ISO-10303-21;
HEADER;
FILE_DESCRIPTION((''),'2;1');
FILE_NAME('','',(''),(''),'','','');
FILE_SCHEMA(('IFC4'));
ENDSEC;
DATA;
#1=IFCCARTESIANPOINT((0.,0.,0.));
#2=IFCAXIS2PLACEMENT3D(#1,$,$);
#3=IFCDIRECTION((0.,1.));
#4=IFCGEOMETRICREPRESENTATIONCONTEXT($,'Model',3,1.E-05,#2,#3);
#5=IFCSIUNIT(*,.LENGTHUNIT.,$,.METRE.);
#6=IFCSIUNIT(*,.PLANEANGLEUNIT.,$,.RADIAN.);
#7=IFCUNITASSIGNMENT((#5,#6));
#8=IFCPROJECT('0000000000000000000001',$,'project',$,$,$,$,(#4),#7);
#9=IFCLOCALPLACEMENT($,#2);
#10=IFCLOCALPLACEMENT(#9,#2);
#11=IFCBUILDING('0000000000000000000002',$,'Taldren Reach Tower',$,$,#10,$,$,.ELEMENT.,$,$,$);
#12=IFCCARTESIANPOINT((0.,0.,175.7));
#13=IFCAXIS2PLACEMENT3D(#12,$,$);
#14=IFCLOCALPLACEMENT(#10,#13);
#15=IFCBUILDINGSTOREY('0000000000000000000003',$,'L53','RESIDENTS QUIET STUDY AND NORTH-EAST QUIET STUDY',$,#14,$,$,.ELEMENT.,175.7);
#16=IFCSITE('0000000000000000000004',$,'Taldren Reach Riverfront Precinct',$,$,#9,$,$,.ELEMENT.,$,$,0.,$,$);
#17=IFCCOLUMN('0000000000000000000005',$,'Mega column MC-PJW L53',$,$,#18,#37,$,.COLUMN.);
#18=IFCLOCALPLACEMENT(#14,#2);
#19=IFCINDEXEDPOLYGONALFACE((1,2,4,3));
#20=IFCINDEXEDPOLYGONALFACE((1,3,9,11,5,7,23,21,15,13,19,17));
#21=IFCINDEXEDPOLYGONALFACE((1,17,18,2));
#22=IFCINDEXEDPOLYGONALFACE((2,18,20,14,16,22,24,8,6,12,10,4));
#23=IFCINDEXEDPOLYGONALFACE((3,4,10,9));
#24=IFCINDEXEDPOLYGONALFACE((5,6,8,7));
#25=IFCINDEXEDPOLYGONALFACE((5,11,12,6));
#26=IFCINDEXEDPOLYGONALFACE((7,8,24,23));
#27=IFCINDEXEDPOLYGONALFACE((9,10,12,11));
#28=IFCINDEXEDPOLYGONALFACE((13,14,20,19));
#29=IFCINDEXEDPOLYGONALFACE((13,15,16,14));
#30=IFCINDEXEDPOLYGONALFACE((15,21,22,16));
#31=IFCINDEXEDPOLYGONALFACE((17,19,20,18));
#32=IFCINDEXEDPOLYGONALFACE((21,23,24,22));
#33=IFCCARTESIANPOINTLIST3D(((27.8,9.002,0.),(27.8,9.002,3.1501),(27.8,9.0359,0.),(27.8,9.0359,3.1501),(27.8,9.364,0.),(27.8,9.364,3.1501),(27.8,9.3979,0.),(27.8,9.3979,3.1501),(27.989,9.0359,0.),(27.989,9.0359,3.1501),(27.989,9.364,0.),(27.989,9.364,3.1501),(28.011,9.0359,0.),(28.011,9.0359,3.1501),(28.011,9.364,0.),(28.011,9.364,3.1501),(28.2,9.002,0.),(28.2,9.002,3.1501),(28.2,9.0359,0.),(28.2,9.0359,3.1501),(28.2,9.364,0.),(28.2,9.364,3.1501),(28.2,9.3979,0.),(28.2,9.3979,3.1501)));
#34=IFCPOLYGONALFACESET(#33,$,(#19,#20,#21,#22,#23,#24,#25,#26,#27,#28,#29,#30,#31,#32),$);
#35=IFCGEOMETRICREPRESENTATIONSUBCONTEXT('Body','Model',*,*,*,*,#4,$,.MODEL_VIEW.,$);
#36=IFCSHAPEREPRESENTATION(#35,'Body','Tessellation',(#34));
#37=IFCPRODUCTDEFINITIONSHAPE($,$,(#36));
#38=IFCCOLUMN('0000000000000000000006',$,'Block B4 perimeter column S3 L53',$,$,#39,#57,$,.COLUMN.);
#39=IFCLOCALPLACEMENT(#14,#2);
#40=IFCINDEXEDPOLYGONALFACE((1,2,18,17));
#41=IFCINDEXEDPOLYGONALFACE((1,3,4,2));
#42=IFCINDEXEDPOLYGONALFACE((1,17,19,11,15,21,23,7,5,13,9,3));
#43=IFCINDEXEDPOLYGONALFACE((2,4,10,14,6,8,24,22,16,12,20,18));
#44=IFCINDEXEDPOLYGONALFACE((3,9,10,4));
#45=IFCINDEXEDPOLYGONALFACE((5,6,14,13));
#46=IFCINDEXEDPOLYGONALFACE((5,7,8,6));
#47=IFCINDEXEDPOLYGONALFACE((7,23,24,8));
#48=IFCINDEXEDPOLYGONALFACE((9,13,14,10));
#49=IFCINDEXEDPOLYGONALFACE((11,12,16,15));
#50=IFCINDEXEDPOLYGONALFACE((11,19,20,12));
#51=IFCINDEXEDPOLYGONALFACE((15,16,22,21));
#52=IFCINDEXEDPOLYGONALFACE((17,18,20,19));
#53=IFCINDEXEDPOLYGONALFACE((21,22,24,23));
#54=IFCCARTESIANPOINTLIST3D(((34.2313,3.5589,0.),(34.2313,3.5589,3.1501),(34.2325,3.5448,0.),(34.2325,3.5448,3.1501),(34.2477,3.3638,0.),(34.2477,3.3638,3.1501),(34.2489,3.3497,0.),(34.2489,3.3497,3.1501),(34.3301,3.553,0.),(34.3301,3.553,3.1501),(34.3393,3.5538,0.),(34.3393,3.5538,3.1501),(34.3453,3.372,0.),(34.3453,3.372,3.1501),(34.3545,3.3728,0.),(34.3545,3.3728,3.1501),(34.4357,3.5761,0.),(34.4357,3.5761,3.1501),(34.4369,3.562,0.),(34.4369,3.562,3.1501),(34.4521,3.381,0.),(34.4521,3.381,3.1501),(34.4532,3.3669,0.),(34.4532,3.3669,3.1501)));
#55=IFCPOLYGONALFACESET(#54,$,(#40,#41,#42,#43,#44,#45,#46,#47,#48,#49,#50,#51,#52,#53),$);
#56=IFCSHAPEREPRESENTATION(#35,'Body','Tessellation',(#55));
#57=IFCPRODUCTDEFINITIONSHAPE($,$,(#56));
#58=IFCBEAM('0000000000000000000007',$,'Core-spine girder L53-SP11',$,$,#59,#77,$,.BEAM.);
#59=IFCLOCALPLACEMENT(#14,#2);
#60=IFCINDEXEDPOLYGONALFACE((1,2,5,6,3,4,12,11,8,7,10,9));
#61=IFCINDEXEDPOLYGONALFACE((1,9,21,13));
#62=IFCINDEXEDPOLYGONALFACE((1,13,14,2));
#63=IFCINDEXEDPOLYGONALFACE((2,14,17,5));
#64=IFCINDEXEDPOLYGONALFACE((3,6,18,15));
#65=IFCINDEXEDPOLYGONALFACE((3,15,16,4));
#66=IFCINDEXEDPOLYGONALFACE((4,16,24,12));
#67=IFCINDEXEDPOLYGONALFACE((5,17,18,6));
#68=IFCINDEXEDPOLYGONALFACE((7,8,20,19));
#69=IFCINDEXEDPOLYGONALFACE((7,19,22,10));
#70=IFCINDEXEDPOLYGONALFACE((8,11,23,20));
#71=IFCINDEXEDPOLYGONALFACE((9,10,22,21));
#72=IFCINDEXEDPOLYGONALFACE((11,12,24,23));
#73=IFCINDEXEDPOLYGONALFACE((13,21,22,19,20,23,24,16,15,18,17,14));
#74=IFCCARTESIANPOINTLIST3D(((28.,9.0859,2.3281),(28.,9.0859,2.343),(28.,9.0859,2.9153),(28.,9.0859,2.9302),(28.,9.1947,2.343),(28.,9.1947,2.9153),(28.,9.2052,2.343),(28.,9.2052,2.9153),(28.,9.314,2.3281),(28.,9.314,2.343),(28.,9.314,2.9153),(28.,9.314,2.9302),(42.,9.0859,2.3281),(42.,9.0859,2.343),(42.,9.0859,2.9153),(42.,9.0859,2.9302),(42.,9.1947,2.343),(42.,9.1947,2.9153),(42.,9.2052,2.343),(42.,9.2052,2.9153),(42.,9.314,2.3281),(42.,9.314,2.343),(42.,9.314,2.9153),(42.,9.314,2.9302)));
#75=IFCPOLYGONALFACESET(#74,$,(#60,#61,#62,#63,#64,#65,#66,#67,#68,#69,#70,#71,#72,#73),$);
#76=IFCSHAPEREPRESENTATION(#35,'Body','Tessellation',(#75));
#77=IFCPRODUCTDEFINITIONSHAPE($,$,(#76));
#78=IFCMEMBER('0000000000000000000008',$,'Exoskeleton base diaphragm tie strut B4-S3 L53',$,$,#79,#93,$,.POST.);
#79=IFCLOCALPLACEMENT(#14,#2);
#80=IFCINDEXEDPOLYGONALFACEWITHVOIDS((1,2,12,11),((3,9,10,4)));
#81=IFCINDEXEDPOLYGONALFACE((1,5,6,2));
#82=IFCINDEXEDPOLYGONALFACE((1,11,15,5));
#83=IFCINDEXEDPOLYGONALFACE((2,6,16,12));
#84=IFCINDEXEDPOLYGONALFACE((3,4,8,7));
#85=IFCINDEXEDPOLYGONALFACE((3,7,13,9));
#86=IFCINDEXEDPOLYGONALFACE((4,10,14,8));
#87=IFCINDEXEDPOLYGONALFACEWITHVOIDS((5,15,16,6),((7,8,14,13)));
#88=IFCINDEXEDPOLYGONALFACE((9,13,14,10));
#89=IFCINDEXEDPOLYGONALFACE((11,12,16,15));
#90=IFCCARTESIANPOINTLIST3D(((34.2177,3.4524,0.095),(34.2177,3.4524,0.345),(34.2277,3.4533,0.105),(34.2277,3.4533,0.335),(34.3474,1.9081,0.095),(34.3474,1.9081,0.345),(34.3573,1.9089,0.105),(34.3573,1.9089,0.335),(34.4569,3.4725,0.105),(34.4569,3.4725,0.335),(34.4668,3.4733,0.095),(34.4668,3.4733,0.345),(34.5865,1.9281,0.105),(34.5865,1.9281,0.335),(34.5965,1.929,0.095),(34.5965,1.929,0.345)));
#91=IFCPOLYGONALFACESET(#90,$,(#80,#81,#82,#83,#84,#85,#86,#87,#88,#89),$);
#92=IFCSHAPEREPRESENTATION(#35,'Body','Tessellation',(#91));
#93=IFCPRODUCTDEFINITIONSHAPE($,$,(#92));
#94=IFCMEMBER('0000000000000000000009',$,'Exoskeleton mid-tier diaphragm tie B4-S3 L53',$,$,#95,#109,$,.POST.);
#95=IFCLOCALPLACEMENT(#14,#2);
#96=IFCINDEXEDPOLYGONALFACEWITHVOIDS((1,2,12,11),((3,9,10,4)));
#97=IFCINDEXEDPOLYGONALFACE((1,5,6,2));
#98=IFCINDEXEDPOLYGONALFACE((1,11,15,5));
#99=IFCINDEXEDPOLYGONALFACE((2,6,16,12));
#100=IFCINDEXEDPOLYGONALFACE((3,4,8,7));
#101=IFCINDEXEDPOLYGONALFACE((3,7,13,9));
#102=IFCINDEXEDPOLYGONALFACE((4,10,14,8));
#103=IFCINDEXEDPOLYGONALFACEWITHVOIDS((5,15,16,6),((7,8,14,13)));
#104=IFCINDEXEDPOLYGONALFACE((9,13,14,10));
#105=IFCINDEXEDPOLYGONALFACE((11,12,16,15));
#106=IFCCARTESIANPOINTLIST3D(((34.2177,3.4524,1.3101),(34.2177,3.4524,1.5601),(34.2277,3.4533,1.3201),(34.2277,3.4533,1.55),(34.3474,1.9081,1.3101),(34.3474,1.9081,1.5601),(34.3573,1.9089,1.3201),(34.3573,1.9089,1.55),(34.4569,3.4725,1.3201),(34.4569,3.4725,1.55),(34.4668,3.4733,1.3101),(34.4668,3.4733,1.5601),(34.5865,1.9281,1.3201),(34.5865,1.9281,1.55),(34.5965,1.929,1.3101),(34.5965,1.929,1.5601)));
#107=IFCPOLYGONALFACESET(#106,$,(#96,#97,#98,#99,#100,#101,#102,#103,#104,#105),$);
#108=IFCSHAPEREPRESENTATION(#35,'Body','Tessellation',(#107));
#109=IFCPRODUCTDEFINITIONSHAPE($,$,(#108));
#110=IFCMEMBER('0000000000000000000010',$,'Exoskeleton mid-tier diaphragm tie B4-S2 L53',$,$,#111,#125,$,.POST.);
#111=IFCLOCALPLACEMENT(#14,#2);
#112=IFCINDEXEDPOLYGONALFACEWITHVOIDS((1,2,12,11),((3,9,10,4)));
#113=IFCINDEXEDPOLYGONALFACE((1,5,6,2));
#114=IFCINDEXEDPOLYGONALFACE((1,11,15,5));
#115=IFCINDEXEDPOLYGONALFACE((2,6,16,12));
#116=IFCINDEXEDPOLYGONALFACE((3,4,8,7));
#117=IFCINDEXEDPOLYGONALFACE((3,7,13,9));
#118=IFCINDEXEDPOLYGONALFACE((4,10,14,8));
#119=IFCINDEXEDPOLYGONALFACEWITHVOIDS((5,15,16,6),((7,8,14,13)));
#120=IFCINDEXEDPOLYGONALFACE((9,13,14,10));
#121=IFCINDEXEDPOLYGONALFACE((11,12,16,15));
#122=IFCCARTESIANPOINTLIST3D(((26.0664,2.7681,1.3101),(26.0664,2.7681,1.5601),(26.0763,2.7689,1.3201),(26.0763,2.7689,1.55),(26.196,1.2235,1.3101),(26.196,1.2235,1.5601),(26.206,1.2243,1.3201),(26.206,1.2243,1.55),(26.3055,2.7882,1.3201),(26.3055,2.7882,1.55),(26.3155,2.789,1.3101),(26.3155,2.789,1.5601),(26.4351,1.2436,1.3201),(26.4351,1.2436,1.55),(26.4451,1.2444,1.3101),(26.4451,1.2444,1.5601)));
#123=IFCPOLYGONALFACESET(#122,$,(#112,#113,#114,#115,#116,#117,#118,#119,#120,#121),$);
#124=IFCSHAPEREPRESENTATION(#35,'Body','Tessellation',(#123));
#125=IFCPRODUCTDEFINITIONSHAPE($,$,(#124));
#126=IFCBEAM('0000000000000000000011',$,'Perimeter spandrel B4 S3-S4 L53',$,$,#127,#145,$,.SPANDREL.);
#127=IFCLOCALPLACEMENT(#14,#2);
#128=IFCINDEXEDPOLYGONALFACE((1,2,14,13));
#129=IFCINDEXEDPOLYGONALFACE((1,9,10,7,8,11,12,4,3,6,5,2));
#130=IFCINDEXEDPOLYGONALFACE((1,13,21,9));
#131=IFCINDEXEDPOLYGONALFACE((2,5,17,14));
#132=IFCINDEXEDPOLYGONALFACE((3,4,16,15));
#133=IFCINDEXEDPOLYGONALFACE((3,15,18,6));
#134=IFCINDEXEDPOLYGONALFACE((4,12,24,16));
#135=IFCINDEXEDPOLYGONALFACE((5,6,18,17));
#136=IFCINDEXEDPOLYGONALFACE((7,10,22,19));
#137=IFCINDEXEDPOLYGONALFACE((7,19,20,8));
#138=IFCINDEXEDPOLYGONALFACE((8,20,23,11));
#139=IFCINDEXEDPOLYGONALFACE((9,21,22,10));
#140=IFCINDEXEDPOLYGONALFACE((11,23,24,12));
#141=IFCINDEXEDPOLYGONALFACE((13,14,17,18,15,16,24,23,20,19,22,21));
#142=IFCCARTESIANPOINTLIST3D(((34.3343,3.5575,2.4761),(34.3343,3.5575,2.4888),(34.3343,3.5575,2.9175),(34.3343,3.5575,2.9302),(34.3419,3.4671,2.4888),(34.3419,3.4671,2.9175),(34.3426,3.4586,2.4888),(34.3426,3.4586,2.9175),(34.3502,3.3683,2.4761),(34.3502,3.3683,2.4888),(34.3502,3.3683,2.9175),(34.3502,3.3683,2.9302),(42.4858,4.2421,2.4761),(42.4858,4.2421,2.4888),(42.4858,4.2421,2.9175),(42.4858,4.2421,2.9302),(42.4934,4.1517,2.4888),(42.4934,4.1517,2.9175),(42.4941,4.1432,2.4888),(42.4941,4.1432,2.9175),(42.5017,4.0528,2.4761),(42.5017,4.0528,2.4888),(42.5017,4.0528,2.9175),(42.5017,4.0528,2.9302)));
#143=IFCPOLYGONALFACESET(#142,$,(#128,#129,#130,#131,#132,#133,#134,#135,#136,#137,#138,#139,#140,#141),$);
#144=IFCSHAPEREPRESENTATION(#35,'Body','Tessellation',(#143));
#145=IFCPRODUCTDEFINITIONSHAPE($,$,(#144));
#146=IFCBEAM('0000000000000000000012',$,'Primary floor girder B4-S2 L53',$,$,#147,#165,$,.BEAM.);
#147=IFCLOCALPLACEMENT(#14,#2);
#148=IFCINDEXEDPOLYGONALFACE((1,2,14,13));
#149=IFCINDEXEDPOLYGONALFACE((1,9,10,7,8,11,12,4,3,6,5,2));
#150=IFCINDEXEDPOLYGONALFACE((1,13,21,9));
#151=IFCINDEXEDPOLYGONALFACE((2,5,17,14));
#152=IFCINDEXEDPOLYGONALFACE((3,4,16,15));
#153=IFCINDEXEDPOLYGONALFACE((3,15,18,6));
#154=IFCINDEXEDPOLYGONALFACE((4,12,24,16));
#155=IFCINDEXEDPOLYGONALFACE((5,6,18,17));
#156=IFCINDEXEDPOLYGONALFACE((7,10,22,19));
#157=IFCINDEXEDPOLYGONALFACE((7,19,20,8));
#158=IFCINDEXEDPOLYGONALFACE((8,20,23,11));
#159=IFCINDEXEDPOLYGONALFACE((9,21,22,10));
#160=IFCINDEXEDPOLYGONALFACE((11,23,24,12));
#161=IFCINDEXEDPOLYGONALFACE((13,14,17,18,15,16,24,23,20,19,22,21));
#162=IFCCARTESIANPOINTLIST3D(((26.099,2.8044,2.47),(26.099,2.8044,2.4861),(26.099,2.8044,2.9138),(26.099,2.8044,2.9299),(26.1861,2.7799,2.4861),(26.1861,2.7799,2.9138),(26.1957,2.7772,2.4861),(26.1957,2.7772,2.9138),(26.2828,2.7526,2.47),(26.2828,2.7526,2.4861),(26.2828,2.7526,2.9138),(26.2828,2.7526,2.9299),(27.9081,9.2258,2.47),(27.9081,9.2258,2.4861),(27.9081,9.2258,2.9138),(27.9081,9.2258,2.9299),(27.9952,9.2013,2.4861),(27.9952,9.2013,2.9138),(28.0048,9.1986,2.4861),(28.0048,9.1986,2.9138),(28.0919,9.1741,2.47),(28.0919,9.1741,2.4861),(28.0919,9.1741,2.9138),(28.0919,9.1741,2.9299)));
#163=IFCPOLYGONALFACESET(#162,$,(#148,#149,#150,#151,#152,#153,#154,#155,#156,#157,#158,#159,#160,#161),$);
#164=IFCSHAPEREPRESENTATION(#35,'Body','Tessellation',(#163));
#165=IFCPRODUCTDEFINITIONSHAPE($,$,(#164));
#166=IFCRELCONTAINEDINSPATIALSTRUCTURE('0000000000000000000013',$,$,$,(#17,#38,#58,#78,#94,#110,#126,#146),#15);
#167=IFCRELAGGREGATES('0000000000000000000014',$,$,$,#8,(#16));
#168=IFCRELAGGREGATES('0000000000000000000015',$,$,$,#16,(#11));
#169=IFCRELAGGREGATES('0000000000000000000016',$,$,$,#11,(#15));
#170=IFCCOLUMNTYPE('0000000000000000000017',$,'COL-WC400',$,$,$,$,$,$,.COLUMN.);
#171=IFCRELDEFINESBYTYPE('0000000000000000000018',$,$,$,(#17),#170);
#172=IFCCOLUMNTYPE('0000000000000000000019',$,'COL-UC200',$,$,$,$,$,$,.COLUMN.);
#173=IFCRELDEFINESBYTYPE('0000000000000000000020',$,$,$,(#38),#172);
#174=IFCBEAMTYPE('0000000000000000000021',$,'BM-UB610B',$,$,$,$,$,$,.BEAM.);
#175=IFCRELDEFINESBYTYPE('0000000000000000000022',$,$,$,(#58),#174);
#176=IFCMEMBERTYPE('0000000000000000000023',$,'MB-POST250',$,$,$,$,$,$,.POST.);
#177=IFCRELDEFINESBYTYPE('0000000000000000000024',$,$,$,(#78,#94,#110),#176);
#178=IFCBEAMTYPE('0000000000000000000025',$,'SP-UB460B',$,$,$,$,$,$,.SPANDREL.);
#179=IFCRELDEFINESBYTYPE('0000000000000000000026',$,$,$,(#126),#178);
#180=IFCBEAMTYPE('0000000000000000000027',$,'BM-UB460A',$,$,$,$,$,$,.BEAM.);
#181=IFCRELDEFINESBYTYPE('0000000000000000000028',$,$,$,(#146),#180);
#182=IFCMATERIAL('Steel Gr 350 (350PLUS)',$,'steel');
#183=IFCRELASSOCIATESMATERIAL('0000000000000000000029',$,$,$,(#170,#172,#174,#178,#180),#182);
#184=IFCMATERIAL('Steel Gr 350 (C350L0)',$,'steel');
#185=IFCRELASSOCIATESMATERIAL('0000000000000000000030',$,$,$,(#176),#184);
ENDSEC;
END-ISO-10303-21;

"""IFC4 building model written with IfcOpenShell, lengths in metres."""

from ifc_helpers import new_model, si_unit, direction, frame, origin, origin_2d, place, context, subcontext, project, spatial, hollow_rectangle, i_section, extrude, source, transform, mapped, material, material_profile, profile_set, type_object, element, save


model = new_model("IFC4")

# Units and contexts
model_context = context("Model", 3, precision=1e-05, world=origin(), true_north=direction((0.0, 1.0)))
body_context = subcontext(model_context, "Body", "Model", "MODEL_VIEW")
ifc_project = project(units=[si_unit("LENGTHUNIT", "METRE"), si_unit("PLANEANGLEUNIT", "RADIAN")], contexts=[model_context])

# Site, building, storey
site_placement = place(None, origin())
site = spatial("IfcSite", under=ifc_project, at=site_placement, Name="Taldren Reach Riverfront Precinct", CompositionType="ELEMENT", RefElevation=0.0)
building_placement = place(site_placement, origin())
building = spatial("IfcBuilding", under=site, at=building_placement, Name="Taldren Reach Tower", CompositionType="ELEMENT")
storey_placement = place(building_placement, frame((0.0, 0.0, 175.7)))
storey = spatial("IfcBuildingStorey", under=building, at=storey_placement, Name="L53", Description="RESIDENTS QUIET STUDY AND NORTH-EAST QUIET STUDY", CompositionType="ELEMENT", Elevation=175.7)

# Columns
ifc_material_1 = material(Name="Steel Gr 350 (350PLUS)", Category="steel")
ifc_material_profile_1 = material_profile(ifc_material_1, i_section(OverallWidth=0.3999, OverallDepth=0.396, WebThickness=0.022, FlangeThickness=0.0339, at=origin_2d()), Name="400WC270")
ifc_profile_set_1 = profile_set([ifc_material_profile_1], Name="Steel Gr 350 (350PLUS)")
column_type_1 = type_object("IfcColumnType", Name="COL-WC400", PredefinedType="COLUMN", material=ifc_profile_set_1)
shared_shape_1 = source(origin(), body_context, "Body", "SweptSolid", [
    extrude(i_section(OverallWidth=0.3999, OverallDepth=0.396, WebThickness=0.022, FlangeThickness=0.0339, at=origin_2d()), origin(), (0.0, 0.0, 1.0), 3.1501),
])
column_1_placement = place(storey_placement, frame((28.0, 9.2, 0.0), z_axis=(0.0, 0.0, 1.0), x_axis=(1.0, 0.0, 0.0)))
element("IfcColumn", 1, at=column_1_placement, inside=storey, type_object=column_type_1, Name="Mega column MC-PJW L53", PredefinedType="COLUMN", context=body_context, shape_type="MappedRepresentation", body=[
    mapped(shared_shape_1, transform((0.0, 0.0, 0.0), scale=1.0)),
])
ifc_material_profile_2 = material_profile(ifc_material_1, i_section(OverallWidth=0.2051, OverallDepth=0.21, WebThickness=0.0093, FlangeThickness=0.0142, at=origin_2d()), Name="200UC59.5")
ifc_profile_set_2 = profile_set([ifc_material_profile_2], Name="Steel Gr 350 (350PLUS)")
column_type_2 = type_object("IfcColumnType", Name="COL-UC200", PredefinedType="COLUMN", material=ifc_profile_set_2)
shared_shape_2 = source(origin(), body_context, "Body", "SweptSolid", [
    extrude(i_section(OverallWidth=0.2051, OverallDepth=0.21, WebThickness=0.0093, FlangeThickness=0.0142, at=origin_2d()), origin(), (0.0, 0.0, 1.0), 3.1501),
])
column_2_placement = place(storey_placement, frame((34.3423, 3.4629, 0.0), z_axis=(0.0, 0.0, 1.0), x_axis=(0.996493, 0.083678, 0.0)))
element("IfcColumn", 2, at=column_2_placement, inside=storey, type_object=column_type_2, Name="Block B4 perimeter column S3 L53", PredefinedType="COLUMN", context=body_context, shape_type="MappedRepresentation", body=[
    mapped(shared_shape_2, transform((0.0, 0.0, 0.0), scale=1.0)),
])

# Beam
ifc_material_profile_3 = material_profile(ifc_material_1, i_section(OverallWidth=0.228, OverallDepth=0.6021, WebThickness=0.0105, FlangeThickness=0.0149, at=origin_2d()), Name="610UB101")
ifc_profile_set_3 = profile_set([ifc_material_profile_3], Name="Steel Gr 350 (350PLUS)")
beam_type_1 = type_object("IfcBeamType", Name="BM-UB610B", PredefinedType="BEAM", material=ifc_profile_set_3)
shared_shape_3 = source(origin(), body_context, "Body", "SweptSolid", [
    extrude(i_section(OverallWidth=0.228, OverallDepth=0.6021, WebThickness=0.0105, FlangeThickness=0.0149, at=origin_2d()), origin(), (0.0, 0.0, 1.0), 14.0),
])
beam_1_placement = place(storey_placement, frame((28.0, 9.2, 2.6292), z_axis=(1.0, 0.0, 0.0), x_axis=(0.0, 1.0, 0.0)))
element("IfcBeam", 3, at=beam_1_placement, inside=storey, type_object=beam_type_1, Name="Core-spine girder L53-SP11", PredefinedType="BEAM", context=body_context, shape_type="MappedRepresentation", body=[
    mapped(shared_shape_3, transform((0.0, 0.0, 0.0), scale=1.0)),
])

# Members
ifc_material_2 = material(Name="Steel Gr 350 (C350L0)", Category="steel")
ifc_material_profile_4 = material_profile(ifc_material_2, hollow_rectangle(XDim=0.25, YDim=0.25, WallThickness=0.01, at=origin_2d()), Name="250x250x10.0SHS")
ifc_profile_set_4 = profile_set([ifc_material_profile_4], Name="Steel Gr 350 (C350L0)")
member_type_1 = type_object("IfcMemberType", Name="MB-POST250", PredefinedType="POST", material=ifc_profile_set_4)
shared_shape_4 = source(origin(), body_context, "Body", "SweptSolid", [
    extrude(hollow_rectangle(XDim=0.25, YDim=0.25, WallThickness=0.01, at=origin_2d()), origin(), (0.0, 0.0, 1.0), 1.5498),
])
for number, where, z_axis, x_axis, name in (
    (4, (34.3423, 3.4629, 0.22), (0.083645, -0.996496, 0.0), (0.996496, 0.083645, 0.0), "Exoskeleton base diaphragm tie strut B4-S3 L53"),
    (5, (34.3423, 3.4629, 1.4351), (0.083645, -0.996496, 0.0), (0.996496, 0.083645, 0.0), "Exoskeleton mid-tier diaphragm tie B4-S3 L53"),
):
    element("IfcMember", number, at=place(storey_placement, frame(where, z_axis=z_axis, x_axis=x_axis)), inside=storey, type_object=member_type_1, Name=name, PredefinedType="POST", context=body_context, shape_type="MappedRepresentation", body=[
        mapped(shared_shape_4, transform((0.0, 0.0, 0.0), scale=1.0)),
    ])
shared_shape_5 = source(origin(), body_context, "Body", "SweptSolid", [
    extrude(hollow_rectangle(XDim=0.25, YDim=0.25, WallThickness=0.01, at=origin_2d()), origin(), (0.0, 0.0, 1.0), 1.55),
])
member_1_placement = place(storey_placement, frame((26.1909, 2.7786, 1.4351), z_axis=(0.083632, -0.996497, 0.0), x_axis=(0.996497, 0.083632, 0.0)))
element("IfcMember", 6, at=member_1_placement, inside=storey, type_object=member_type_1, Name="Exoskeleton mid-tier diaphragm tie B4-S2 L53", PredefinedType="POST", context=body_context, shape_type="MappedRepresentation", body=[
    mapped(shared_shape_5, transform((0.0, 0.0, 0.0), scale=1.0)),
])

# Beams
ifc_material_profile_5 = material_profile(ifc_material_1, i_section(OverallWidth=0.1899, OverallDepth=0.4541, WebThickness=0.0085, FlangeThickness=0.0127, at=origin_2d()), Name="460UB67.1")
ifc_profile_set_5 = profile_set([ifc_material_profile_5], Name="Steel Gr 350 (350PLUS)")
beam_type_2 = type_object("IfcBeamType", Name="SP-UB460B", PredefinedType="SPANDREL", material=ifc_profile_set_5)
shared_shape_6 = source(origin(), body_context, "Body", "SweptSolid", [
    extrude(i_section(OverallWidth=0.1899, OverallDepth=0.4541, WebThickness=0.0085, FlangeThickness=0.0127, at=origin_2d()), origin(), (0.0, 0.0, 1.0), 8.1802),
])
beam_2_placement = place(storey_placement, frame((34.3423, 3.4629, 2.7031), z_axis=(0.996492, 0.083688, 0.0), x_axis=(-0.083688, 0.996492, 0.0)))
element("IfcBeam", 7, at=beam_2_placement, inside=storey, type_object=beam_type_2, Name="Perimeter spandrel B4 S3-S4 L53", PredefinedType="SPANDREL", context=body_context, shape_type="MappedRepresentation", body=[
    mapped(shared_shape_6, transform((0.0, 0.0, 0.0), scale=1.0)),
])
ifc_material_profile_6 = material_profile(ifc_material_1, i_section(OverallWidth=0.1909, OverallDepth=0.46, WebThickness=0.01, FlangeThickness=0.0161, at=origin_2d()), Name="460UB82.1")
ifc_profile_set_6 = profile_set([ifc_material_profile_6], Name="Steel Gr 350 (350PLUS)")
beam_type_3 = type_object("IfcBeamType", Name="BM-UB460A", PredefinedType="BEAM", material=ifc_profile_set_6)
shared_shape_7 = source(origin(), body_context, "Body", "SweptSolid", [
    extrude(i_section(OverallWidth=0.1909, OverallDepth=0.46, WebThickness=0.01, FlangeThickness=0.0161, at=origin_2d()), origin(), (0.0, 0.0, 1.0), 6.6714),
])
beam_3_placement = place(storey_placement, frame((28.0, 9.2, 2.7), z_axis=(-0.271172, -0.962531, 0.0), x_axis=(0.962531, -0.271172, 0.0)))
element("IfcBeam", 8, at=beam_3_placement, inside=storey, type_object=beam_type_3, Name="Primary floor girder B4-S2 L53", PredefinedType="BEAM", context=body_context, shape_type="MappedRepresentation", body=[
    mapped(shared_shape_7, transform((0.0, 0.0, 0.0), scale=1.0)),
])

save(model, "model.ifc")
